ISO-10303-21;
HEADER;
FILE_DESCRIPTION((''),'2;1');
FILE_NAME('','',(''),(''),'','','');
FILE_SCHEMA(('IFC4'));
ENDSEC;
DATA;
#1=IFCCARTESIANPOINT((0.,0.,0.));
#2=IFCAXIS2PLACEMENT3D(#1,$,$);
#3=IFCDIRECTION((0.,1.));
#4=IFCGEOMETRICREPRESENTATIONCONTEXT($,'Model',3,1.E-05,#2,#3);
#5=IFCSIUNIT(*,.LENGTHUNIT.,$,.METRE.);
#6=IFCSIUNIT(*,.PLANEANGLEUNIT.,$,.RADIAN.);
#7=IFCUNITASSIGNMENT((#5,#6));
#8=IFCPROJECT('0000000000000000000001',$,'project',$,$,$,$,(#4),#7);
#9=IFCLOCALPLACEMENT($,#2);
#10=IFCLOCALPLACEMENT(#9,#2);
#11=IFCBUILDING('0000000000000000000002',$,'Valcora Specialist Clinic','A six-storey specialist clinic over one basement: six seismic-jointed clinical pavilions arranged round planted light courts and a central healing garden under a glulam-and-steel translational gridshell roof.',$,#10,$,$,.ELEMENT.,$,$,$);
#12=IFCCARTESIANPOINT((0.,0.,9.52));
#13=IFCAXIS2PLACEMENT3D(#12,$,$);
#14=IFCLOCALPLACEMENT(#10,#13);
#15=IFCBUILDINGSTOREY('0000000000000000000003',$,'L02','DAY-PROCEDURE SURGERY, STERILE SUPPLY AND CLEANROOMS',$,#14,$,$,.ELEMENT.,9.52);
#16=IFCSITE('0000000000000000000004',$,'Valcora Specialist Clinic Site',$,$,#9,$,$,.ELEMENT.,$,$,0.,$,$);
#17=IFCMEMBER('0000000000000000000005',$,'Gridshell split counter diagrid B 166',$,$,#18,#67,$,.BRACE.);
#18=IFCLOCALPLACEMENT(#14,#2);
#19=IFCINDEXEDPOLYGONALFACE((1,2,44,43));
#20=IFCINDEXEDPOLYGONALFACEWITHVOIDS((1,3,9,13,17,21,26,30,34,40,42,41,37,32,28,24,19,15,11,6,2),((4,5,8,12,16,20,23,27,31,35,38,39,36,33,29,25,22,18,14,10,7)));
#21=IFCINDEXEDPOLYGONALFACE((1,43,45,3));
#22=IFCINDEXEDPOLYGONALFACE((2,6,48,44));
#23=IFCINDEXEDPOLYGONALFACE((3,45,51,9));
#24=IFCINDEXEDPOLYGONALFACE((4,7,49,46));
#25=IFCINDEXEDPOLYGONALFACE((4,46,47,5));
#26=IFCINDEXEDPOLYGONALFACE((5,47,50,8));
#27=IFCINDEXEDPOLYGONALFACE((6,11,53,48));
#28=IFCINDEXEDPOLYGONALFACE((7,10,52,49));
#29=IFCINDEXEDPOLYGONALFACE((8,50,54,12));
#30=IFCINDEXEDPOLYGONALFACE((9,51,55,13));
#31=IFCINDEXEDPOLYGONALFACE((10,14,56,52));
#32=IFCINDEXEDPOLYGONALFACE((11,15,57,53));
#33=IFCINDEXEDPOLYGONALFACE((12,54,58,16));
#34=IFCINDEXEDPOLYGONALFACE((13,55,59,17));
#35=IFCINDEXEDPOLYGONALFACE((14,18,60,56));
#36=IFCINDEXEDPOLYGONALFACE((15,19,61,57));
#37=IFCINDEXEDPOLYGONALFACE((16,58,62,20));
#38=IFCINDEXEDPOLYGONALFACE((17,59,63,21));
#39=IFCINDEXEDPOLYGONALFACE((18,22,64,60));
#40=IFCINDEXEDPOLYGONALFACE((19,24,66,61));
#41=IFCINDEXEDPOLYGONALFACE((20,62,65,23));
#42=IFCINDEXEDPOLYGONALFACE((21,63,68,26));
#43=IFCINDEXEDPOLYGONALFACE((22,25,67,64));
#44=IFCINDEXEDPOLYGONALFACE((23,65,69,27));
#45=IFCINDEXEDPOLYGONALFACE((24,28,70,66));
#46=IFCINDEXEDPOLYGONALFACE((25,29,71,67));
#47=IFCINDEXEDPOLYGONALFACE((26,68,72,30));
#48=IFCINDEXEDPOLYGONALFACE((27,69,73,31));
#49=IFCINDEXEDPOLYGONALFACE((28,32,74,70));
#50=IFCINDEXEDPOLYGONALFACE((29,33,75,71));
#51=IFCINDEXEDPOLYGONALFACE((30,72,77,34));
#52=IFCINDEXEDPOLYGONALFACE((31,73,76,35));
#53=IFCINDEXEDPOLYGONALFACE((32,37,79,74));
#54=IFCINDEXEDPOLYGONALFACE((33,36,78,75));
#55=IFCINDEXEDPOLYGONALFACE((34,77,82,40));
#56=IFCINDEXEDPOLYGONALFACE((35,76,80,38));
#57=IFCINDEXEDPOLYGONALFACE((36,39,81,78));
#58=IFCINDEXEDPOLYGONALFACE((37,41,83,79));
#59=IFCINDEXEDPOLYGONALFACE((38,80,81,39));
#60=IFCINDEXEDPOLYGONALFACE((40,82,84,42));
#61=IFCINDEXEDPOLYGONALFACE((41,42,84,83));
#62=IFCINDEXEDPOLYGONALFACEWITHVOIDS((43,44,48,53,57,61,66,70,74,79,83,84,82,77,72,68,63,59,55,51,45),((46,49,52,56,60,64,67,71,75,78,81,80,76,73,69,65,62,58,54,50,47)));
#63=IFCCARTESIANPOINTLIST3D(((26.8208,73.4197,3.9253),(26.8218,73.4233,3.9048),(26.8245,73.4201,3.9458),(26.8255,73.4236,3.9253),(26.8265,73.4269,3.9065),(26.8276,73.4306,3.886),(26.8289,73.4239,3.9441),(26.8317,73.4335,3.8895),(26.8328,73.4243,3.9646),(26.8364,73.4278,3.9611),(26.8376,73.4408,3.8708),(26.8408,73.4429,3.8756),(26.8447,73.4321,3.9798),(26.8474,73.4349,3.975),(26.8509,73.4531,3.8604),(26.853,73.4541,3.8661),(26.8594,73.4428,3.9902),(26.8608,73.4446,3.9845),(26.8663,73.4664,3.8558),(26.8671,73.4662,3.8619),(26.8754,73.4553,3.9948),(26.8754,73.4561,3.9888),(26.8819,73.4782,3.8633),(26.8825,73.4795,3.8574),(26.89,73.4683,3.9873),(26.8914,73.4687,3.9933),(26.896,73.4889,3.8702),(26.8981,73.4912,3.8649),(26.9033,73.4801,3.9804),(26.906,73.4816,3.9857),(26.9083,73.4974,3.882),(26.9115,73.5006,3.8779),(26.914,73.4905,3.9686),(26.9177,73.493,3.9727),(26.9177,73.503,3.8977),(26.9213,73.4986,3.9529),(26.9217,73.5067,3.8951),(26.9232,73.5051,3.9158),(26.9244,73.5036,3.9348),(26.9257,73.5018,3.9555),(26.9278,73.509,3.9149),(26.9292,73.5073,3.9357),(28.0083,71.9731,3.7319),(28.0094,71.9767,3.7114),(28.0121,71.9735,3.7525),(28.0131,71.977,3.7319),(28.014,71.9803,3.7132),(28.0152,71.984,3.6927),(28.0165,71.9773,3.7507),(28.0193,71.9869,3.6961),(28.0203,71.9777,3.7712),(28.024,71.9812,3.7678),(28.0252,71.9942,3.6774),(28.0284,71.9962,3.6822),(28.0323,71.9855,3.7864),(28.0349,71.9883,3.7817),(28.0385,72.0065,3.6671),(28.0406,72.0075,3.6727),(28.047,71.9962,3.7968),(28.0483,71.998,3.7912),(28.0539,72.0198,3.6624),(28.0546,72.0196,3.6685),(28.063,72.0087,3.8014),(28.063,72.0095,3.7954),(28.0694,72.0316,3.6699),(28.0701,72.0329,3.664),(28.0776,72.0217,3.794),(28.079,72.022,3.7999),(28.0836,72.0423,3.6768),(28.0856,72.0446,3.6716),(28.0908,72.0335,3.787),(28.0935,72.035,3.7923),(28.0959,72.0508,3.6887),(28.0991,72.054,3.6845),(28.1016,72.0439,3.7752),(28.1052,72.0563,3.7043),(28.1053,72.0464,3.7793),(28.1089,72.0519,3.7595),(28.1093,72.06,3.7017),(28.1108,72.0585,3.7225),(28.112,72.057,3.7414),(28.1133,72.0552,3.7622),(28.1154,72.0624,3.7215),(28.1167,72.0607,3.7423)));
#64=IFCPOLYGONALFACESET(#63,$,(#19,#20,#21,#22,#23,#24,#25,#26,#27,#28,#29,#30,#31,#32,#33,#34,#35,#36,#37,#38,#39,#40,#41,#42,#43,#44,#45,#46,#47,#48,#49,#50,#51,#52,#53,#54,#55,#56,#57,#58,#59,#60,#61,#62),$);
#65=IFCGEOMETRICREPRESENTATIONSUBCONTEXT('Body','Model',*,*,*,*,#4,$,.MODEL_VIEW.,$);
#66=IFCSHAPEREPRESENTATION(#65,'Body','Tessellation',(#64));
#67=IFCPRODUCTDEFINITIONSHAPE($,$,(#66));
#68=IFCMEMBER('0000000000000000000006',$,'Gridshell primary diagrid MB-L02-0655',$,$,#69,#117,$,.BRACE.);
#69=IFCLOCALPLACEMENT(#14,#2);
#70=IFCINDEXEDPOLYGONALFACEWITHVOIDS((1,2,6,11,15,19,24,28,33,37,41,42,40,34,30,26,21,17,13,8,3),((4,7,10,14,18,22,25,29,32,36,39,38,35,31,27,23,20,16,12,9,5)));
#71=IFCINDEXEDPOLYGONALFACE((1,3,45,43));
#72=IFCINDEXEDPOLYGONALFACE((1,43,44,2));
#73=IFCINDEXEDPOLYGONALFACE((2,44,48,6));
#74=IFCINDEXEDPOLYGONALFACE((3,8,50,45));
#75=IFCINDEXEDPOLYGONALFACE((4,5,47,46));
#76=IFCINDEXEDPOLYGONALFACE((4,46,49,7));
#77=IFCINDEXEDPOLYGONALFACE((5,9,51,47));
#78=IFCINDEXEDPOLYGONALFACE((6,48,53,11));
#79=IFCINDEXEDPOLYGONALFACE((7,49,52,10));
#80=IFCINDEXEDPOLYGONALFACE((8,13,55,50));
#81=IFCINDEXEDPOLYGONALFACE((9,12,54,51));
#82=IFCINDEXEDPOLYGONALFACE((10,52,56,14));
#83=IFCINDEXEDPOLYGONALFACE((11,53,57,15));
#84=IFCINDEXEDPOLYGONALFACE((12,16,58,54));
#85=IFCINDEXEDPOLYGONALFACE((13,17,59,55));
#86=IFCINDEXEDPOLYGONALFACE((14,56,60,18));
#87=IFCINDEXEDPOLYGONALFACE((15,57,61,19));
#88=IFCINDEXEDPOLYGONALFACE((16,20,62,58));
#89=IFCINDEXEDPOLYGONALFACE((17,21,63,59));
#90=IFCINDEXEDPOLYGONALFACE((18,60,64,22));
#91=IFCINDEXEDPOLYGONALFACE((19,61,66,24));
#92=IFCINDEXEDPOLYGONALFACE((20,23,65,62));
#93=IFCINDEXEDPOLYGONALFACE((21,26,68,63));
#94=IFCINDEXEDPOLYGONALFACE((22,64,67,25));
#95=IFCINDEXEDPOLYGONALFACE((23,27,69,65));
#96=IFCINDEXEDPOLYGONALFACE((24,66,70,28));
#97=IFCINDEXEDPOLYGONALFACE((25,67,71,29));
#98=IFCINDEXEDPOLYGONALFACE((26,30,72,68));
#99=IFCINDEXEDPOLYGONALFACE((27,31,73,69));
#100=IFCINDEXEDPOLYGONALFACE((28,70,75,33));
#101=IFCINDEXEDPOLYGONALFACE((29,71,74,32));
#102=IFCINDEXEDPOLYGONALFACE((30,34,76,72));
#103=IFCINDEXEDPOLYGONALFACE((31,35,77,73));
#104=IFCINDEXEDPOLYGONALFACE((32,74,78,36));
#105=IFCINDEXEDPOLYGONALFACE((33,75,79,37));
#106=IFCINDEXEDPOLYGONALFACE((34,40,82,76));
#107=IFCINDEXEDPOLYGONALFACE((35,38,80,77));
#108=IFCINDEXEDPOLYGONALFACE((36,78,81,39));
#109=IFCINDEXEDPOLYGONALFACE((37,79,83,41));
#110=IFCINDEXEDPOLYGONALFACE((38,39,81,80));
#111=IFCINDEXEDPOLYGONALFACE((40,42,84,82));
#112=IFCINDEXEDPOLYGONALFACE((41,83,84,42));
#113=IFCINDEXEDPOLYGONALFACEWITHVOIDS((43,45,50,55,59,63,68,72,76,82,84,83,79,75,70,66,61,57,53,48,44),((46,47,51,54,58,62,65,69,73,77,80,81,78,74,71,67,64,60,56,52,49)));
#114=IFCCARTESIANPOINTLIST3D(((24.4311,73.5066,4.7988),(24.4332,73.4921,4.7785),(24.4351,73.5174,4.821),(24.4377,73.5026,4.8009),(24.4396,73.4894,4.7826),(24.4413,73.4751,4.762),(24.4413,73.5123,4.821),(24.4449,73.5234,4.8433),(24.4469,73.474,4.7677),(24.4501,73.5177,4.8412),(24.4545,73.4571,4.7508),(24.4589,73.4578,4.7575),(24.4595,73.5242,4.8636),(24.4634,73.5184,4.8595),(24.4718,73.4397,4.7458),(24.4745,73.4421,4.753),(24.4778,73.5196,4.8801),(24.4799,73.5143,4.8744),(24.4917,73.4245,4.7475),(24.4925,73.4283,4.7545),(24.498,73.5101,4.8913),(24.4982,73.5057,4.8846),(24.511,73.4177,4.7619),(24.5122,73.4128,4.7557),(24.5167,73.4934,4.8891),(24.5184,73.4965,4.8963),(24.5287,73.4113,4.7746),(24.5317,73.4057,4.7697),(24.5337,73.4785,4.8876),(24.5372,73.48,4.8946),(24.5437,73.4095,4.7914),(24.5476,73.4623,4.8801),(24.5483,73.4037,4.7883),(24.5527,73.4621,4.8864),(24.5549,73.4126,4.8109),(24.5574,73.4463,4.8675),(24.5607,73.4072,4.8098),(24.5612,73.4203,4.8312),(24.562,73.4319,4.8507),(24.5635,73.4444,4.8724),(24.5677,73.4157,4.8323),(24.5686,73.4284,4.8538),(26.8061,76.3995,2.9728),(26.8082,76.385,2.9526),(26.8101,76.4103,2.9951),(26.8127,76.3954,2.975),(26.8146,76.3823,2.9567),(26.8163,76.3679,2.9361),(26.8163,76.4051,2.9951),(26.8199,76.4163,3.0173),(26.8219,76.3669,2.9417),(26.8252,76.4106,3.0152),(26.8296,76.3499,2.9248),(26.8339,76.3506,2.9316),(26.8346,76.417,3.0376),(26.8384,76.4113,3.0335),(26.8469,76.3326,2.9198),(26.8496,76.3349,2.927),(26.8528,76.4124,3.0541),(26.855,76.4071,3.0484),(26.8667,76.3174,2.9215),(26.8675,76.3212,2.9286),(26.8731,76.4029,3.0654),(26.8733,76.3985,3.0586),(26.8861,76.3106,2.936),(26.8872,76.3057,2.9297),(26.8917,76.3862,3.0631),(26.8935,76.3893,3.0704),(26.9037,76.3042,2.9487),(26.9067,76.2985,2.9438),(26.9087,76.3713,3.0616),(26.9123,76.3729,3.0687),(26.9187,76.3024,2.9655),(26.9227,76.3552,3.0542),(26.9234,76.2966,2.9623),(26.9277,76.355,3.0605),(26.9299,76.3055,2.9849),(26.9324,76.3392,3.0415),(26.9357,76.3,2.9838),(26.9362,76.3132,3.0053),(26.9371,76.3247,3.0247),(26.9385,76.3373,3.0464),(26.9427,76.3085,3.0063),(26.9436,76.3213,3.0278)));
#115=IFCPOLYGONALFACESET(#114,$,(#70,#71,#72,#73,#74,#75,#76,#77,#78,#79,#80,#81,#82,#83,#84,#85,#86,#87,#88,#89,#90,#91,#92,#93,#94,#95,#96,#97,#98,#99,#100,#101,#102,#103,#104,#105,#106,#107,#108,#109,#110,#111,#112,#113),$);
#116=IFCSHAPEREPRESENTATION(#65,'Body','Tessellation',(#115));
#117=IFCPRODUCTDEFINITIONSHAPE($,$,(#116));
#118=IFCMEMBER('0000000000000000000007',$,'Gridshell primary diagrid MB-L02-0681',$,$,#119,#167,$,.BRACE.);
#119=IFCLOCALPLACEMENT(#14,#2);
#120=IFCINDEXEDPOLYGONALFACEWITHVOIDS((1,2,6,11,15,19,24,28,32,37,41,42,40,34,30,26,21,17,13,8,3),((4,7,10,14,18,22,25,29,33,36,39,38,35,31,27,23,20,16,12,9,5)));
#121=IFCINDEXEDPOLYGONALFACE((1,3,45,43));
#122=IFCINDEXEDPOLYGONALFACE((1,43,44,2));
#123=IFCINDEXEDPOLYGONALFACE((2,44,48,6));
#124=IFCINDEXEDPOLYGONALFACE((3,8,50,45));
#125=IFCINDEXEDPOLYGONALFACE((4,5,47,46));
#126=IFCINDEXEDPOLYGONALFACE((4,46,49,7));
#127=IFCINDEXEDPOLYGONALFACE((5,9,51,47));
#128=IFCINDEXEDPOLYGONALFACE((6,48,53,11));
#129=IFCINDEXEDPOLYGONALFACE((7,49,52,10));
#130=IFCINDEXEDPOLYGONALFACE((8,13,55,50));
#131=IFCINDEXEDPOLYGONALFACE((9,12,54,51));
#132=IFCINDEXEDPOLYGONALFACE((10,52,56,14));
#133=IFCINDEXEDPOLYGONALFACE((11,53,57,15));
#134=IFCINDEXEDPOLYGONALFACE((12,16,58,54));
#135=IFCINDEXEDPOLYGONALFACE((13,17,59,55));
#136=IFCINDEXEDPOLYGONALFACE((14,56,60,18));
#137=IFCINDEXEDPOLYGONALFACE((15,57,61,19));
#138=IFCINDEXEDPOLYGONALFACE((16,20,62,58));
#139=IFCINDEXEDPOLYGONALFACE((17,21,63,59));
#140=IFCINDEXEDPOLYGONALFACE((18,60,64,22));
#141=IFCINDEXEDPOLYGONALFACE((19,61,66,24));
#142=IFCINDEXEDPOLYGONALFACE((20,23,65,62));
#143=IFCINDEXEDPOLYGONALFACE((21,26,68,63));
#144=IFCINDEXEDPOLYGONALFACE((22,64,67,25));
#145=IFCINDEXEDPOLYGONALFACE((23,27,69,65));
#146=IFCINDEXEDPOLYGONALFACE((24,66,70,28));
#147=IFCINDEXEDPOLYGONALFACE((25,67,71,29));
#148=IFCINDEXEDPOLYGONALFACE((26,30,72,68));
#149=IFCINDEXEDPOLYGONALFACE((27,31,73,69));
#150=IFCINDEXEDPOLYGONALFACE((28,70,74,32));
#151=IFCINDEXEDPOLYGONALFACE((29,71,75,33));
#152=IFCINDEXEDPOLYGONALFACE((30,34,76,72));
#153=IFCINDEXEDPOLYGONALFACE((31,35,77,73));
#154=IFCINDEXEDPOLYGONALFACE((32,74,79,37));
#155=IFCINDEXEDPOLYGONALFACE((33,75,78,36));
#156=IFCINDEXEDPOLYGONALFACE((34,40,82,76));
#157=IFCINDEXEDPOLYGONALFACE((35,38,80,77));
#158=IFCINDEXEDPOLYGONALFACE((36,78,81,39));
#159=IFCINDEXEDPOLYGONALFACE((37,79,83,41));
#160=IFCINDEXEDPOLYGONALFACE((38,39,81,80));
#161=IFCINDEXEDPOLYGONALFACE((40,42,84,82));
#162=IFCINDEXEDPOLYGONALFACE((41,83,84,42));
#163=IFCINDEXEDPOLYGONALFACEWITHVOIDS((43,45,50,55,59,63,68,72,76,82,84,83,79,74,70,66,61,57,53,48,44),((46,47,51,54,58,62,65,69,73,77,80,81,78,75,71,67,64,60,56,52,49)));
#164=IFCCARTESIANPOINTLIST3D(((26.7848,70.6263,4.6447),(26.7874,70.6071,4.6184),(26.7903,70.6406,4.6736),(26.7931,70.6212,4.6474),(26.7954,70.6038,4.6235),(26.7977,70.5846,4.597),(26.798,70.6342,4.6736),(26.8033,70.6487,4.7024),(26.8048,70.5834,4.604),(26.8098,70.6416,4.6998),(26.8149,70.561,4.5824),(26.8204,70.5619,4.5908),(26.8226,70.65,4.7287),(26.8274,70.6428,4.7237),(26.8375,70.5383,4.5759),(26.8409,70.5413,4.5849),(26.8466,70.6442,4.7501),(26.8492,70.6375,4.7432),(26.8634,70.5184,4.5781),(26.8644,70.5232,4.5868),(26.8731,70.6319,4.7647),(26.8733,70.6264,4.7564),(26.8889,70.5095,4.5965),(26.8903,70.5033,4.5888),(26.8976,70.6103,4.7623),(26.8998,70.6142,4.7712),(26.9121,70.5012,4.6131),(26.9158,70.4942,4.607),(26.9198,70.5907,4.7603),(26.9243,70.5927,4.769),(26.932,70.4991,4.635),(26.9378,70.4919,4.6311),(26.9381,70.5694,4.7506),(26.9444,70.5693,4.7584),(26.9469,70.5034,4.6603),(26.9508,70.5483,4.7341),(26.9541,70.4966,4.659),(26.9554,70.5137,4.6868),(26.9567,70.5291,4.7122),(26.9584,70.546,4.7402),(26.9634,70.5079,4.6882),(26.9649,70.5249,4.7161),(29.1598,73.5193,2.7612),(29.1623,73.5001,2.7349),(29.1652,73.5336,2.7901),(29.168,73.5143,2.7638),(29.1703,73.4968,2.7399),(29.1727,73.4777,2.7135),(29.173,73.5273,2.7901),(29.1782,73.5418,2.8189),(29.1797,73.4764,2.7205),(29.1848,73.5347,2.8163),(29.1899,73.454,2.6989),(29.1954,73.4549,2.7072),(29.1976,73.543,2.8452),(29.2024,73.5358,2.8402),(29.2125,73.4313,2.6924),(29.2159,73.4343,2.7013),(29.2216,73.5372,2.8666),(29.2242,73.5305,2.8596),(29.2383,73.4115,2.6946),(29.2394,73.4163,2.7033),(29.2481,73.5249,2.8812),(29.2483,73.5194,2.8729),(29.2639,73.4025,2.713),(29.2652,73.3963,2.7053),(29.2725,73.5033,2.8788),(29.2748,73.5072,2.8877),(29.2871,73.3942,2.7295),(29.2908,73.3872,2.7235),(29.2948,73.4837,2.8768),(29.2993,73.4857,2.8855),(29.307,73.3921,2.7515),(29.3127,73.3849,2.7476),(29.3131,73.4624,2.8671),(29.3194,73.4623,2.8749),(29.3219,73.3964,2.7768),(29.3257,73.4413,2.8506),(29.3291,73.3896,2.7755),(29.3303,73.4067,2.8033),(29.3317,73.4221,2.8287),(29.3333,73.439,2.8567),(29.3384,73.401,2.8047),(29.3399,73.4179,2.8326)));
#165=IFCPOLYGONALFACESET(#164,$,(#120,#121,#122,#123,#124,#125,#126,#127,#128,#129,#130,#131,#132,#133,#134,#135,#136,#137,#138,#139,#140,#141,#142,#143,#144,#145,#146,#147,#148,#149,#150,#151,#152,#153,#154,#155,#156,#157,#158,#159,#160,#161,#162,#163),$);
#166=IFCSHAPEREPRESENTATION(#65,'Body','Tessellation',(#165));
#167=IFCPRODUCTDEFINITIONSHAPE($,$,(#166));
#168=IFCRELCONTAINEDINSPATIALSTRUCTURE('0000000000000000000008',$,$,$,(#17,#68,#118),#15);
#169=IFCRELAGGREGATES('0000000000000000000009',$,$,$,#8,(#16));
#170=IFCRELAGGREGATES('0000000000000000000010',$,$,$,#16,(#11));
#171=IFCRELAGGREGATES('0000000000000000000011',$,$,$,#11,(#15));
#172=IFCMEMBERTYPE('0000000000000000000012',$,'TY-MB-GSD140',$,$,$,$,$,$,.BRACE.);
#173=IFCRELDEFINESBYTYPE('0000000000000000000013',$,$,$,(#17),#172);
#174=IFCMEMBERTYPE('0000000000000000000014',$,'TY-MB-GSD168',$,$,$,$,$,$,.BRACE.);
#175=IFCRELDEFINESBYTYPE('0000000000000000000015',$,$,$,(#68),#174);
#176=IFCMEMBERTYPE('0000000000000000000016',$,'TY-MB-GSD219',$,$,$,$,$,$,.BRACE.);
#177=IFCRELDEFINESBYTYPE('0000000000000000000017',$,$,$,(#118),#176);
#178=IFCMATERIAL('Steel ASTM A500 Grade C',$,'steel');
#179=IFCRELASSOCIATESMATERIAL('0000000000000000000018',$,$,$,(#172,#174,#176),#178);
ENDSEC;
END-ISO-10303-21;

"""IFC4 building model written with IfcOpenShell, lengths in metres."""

from ifc_helpers import new_model, si_unit, direction, frame, origin, origin_2d, place, context, subcontext, project, spatial, hollow_circle, extrude, material, material_profile, profile_set, type_object, element, save


model = new_model("IFC4")

# Units and contexts
model_context = context("Model", 3, precision=1e-05, world=origin(), true_north=direction((0.0, 1.0)))
body_context = subcontext(model_context, "Body", "Model", "MODEL_VIEW")
ifc_project = project(units=[si_unit("LENGTHUNIT", "METRE"), si_unit("PLANEANGLEUNIT", "RADIAN")], contexts=[model_context])

# Site, building, storey
site_placement = place(None, origin())
site = spatial("IfcSite", under=ifc_project, at=site_placement, Name="Valcora Specialist Clinic Site", CompositionType="ELEMENT", RefElevation=0.0)
building_placement = place(site_placement, origin())
building = spatial("IfcBuilding", under=site, at=building_placement, Name="Valcora Specialist Clinic", Description="A six-storey specialist clinic over one basement: six seismic-jointed clinical pavilions arranged round planted light courts and a central healing garden under a glulam-and-steel translational gridshell roof.", CompositionType="ELEMENT")
storey_placement = place(building_placement, frame((0.0, 0.0, 9.52)))
storey = spatial("IfcBuildingStorey", under=building, at=storey_placement, Name="L02", Description="DAY-PROCEDURE SURGERY, STERILE SUPPLY AND CLEANROOMS", CompositionType="ELEMENT", Elevation=9.52)

# Members
ifc_material_1 = material(Name="Steel ASTM A500 Grade C", Category="steel")
ifc_material_profile_1 = material_profile(ifc_material_1, hollow_circle(Radius=0.0701, WallThickness=0.0061, at=origin_2d()), Name="ST-CHS-140X6")
ifc_profile_set_1 = profile_set([ifc_material_profile_1], Name="Steel ASTM A500 Grade C")
member_type_1 = type_object("IfcMemberType", Name="TY-MB-GSD140", PredefinedType="BRACE", material=ifc_profile_set_1)
member_1_placement = place(storey_placement, frame((28.0625, 72.0176, 3.7319), z_axis=(-0.631149, 0.768823, 0.102769), x_axis=(-0.772916, -0.634508, 0.0)))
element("IfcMember", 1, at=member_1_placement, inside=storey, type_object=member_type_1, Name="Gridshell split counter diagrid B 166", PredefinedType="BRACE", context=body_context, shape_type="SweptSolid", body=[
    extrude(hollow_circle(Radius=0.0701, WallThickness=0.0061, at=origin_2d()), origin(), (0.0, 0.0, 1.0), 1.8816),
])
ifc_material_profile_2 = material_profile(ifc_material_1, hollow_circle(Radius=0.084, WallThickness=0.0081, at=origin_2d()), Name="ST-CHS-168X8")
ifc_profile_set_2 = profile_set([ifc_material_profile_2], Name="Steel ASTM A500 Grade C")
member_type_2 = type_object("IfcMemberType", Name="TY-MB-GSD168", PredefinedType="BRACE", material=ifc_profile_set_2)
member_2_placement = place(storey_placement, frame((24.5, 73.4641, 4.821), z_axis=(0.570297, 0.694639, -0.438451), x_axis=(-0.77289, 0.63454, 0.0)))
element("IfcMember", 2, at=member_2_placement, inside=storey, type_object=member_type_2, Name="Gridshell primary diagrid MB-L02-0655", PredefinedType="BRACE", context=body_context, shape_type="SweptSolid", body=[
    extrude(hollow_circle(Radius=0.084, WallThickness=0.0081, at=origin_2d()), origin(), (0.0, 0.0, 1.0), 4.1646),
])
ifc_material_profile_3 = material_profile(ifc_material_1, hollow_circle(Radius=0.1096, WallThickness=0.01, at=origin_2d()), Name="ST-CHS-219X10")
ifc_profile_set_3 = profile_set([ifc_material_profile_3], Name="Steel ASTM A500 Grade C")
member_type_3 = type_object("IfcMemberType", Name="TY-MB-GSD219", PredefinedType="BRACE", material=ifc_profile_set_3)
member_3_placement = place(storey_placement, frame((26.875, 70.571, 4.6736), z_axis=(0.566792, 0.690428, -0.449507), x_axis=(-0.772916, 0.634508, 0.0)))
element("IfcMember", 3, at=member_3_placement, inside=storey, type_object=member_type_3, Name="Gridshell primary diagrid MB-L02-0681", PredefinedType="BRACE", context=body_context, shape_type="SweptSolid", body=[
    extrude(hollow_circle(Radius=0.1096, WallThickness=0.01, at=origin_2d()), origin(), (0.0, 0.0, 1.0), 4.1902),
])

save(model, "model.ifc")
